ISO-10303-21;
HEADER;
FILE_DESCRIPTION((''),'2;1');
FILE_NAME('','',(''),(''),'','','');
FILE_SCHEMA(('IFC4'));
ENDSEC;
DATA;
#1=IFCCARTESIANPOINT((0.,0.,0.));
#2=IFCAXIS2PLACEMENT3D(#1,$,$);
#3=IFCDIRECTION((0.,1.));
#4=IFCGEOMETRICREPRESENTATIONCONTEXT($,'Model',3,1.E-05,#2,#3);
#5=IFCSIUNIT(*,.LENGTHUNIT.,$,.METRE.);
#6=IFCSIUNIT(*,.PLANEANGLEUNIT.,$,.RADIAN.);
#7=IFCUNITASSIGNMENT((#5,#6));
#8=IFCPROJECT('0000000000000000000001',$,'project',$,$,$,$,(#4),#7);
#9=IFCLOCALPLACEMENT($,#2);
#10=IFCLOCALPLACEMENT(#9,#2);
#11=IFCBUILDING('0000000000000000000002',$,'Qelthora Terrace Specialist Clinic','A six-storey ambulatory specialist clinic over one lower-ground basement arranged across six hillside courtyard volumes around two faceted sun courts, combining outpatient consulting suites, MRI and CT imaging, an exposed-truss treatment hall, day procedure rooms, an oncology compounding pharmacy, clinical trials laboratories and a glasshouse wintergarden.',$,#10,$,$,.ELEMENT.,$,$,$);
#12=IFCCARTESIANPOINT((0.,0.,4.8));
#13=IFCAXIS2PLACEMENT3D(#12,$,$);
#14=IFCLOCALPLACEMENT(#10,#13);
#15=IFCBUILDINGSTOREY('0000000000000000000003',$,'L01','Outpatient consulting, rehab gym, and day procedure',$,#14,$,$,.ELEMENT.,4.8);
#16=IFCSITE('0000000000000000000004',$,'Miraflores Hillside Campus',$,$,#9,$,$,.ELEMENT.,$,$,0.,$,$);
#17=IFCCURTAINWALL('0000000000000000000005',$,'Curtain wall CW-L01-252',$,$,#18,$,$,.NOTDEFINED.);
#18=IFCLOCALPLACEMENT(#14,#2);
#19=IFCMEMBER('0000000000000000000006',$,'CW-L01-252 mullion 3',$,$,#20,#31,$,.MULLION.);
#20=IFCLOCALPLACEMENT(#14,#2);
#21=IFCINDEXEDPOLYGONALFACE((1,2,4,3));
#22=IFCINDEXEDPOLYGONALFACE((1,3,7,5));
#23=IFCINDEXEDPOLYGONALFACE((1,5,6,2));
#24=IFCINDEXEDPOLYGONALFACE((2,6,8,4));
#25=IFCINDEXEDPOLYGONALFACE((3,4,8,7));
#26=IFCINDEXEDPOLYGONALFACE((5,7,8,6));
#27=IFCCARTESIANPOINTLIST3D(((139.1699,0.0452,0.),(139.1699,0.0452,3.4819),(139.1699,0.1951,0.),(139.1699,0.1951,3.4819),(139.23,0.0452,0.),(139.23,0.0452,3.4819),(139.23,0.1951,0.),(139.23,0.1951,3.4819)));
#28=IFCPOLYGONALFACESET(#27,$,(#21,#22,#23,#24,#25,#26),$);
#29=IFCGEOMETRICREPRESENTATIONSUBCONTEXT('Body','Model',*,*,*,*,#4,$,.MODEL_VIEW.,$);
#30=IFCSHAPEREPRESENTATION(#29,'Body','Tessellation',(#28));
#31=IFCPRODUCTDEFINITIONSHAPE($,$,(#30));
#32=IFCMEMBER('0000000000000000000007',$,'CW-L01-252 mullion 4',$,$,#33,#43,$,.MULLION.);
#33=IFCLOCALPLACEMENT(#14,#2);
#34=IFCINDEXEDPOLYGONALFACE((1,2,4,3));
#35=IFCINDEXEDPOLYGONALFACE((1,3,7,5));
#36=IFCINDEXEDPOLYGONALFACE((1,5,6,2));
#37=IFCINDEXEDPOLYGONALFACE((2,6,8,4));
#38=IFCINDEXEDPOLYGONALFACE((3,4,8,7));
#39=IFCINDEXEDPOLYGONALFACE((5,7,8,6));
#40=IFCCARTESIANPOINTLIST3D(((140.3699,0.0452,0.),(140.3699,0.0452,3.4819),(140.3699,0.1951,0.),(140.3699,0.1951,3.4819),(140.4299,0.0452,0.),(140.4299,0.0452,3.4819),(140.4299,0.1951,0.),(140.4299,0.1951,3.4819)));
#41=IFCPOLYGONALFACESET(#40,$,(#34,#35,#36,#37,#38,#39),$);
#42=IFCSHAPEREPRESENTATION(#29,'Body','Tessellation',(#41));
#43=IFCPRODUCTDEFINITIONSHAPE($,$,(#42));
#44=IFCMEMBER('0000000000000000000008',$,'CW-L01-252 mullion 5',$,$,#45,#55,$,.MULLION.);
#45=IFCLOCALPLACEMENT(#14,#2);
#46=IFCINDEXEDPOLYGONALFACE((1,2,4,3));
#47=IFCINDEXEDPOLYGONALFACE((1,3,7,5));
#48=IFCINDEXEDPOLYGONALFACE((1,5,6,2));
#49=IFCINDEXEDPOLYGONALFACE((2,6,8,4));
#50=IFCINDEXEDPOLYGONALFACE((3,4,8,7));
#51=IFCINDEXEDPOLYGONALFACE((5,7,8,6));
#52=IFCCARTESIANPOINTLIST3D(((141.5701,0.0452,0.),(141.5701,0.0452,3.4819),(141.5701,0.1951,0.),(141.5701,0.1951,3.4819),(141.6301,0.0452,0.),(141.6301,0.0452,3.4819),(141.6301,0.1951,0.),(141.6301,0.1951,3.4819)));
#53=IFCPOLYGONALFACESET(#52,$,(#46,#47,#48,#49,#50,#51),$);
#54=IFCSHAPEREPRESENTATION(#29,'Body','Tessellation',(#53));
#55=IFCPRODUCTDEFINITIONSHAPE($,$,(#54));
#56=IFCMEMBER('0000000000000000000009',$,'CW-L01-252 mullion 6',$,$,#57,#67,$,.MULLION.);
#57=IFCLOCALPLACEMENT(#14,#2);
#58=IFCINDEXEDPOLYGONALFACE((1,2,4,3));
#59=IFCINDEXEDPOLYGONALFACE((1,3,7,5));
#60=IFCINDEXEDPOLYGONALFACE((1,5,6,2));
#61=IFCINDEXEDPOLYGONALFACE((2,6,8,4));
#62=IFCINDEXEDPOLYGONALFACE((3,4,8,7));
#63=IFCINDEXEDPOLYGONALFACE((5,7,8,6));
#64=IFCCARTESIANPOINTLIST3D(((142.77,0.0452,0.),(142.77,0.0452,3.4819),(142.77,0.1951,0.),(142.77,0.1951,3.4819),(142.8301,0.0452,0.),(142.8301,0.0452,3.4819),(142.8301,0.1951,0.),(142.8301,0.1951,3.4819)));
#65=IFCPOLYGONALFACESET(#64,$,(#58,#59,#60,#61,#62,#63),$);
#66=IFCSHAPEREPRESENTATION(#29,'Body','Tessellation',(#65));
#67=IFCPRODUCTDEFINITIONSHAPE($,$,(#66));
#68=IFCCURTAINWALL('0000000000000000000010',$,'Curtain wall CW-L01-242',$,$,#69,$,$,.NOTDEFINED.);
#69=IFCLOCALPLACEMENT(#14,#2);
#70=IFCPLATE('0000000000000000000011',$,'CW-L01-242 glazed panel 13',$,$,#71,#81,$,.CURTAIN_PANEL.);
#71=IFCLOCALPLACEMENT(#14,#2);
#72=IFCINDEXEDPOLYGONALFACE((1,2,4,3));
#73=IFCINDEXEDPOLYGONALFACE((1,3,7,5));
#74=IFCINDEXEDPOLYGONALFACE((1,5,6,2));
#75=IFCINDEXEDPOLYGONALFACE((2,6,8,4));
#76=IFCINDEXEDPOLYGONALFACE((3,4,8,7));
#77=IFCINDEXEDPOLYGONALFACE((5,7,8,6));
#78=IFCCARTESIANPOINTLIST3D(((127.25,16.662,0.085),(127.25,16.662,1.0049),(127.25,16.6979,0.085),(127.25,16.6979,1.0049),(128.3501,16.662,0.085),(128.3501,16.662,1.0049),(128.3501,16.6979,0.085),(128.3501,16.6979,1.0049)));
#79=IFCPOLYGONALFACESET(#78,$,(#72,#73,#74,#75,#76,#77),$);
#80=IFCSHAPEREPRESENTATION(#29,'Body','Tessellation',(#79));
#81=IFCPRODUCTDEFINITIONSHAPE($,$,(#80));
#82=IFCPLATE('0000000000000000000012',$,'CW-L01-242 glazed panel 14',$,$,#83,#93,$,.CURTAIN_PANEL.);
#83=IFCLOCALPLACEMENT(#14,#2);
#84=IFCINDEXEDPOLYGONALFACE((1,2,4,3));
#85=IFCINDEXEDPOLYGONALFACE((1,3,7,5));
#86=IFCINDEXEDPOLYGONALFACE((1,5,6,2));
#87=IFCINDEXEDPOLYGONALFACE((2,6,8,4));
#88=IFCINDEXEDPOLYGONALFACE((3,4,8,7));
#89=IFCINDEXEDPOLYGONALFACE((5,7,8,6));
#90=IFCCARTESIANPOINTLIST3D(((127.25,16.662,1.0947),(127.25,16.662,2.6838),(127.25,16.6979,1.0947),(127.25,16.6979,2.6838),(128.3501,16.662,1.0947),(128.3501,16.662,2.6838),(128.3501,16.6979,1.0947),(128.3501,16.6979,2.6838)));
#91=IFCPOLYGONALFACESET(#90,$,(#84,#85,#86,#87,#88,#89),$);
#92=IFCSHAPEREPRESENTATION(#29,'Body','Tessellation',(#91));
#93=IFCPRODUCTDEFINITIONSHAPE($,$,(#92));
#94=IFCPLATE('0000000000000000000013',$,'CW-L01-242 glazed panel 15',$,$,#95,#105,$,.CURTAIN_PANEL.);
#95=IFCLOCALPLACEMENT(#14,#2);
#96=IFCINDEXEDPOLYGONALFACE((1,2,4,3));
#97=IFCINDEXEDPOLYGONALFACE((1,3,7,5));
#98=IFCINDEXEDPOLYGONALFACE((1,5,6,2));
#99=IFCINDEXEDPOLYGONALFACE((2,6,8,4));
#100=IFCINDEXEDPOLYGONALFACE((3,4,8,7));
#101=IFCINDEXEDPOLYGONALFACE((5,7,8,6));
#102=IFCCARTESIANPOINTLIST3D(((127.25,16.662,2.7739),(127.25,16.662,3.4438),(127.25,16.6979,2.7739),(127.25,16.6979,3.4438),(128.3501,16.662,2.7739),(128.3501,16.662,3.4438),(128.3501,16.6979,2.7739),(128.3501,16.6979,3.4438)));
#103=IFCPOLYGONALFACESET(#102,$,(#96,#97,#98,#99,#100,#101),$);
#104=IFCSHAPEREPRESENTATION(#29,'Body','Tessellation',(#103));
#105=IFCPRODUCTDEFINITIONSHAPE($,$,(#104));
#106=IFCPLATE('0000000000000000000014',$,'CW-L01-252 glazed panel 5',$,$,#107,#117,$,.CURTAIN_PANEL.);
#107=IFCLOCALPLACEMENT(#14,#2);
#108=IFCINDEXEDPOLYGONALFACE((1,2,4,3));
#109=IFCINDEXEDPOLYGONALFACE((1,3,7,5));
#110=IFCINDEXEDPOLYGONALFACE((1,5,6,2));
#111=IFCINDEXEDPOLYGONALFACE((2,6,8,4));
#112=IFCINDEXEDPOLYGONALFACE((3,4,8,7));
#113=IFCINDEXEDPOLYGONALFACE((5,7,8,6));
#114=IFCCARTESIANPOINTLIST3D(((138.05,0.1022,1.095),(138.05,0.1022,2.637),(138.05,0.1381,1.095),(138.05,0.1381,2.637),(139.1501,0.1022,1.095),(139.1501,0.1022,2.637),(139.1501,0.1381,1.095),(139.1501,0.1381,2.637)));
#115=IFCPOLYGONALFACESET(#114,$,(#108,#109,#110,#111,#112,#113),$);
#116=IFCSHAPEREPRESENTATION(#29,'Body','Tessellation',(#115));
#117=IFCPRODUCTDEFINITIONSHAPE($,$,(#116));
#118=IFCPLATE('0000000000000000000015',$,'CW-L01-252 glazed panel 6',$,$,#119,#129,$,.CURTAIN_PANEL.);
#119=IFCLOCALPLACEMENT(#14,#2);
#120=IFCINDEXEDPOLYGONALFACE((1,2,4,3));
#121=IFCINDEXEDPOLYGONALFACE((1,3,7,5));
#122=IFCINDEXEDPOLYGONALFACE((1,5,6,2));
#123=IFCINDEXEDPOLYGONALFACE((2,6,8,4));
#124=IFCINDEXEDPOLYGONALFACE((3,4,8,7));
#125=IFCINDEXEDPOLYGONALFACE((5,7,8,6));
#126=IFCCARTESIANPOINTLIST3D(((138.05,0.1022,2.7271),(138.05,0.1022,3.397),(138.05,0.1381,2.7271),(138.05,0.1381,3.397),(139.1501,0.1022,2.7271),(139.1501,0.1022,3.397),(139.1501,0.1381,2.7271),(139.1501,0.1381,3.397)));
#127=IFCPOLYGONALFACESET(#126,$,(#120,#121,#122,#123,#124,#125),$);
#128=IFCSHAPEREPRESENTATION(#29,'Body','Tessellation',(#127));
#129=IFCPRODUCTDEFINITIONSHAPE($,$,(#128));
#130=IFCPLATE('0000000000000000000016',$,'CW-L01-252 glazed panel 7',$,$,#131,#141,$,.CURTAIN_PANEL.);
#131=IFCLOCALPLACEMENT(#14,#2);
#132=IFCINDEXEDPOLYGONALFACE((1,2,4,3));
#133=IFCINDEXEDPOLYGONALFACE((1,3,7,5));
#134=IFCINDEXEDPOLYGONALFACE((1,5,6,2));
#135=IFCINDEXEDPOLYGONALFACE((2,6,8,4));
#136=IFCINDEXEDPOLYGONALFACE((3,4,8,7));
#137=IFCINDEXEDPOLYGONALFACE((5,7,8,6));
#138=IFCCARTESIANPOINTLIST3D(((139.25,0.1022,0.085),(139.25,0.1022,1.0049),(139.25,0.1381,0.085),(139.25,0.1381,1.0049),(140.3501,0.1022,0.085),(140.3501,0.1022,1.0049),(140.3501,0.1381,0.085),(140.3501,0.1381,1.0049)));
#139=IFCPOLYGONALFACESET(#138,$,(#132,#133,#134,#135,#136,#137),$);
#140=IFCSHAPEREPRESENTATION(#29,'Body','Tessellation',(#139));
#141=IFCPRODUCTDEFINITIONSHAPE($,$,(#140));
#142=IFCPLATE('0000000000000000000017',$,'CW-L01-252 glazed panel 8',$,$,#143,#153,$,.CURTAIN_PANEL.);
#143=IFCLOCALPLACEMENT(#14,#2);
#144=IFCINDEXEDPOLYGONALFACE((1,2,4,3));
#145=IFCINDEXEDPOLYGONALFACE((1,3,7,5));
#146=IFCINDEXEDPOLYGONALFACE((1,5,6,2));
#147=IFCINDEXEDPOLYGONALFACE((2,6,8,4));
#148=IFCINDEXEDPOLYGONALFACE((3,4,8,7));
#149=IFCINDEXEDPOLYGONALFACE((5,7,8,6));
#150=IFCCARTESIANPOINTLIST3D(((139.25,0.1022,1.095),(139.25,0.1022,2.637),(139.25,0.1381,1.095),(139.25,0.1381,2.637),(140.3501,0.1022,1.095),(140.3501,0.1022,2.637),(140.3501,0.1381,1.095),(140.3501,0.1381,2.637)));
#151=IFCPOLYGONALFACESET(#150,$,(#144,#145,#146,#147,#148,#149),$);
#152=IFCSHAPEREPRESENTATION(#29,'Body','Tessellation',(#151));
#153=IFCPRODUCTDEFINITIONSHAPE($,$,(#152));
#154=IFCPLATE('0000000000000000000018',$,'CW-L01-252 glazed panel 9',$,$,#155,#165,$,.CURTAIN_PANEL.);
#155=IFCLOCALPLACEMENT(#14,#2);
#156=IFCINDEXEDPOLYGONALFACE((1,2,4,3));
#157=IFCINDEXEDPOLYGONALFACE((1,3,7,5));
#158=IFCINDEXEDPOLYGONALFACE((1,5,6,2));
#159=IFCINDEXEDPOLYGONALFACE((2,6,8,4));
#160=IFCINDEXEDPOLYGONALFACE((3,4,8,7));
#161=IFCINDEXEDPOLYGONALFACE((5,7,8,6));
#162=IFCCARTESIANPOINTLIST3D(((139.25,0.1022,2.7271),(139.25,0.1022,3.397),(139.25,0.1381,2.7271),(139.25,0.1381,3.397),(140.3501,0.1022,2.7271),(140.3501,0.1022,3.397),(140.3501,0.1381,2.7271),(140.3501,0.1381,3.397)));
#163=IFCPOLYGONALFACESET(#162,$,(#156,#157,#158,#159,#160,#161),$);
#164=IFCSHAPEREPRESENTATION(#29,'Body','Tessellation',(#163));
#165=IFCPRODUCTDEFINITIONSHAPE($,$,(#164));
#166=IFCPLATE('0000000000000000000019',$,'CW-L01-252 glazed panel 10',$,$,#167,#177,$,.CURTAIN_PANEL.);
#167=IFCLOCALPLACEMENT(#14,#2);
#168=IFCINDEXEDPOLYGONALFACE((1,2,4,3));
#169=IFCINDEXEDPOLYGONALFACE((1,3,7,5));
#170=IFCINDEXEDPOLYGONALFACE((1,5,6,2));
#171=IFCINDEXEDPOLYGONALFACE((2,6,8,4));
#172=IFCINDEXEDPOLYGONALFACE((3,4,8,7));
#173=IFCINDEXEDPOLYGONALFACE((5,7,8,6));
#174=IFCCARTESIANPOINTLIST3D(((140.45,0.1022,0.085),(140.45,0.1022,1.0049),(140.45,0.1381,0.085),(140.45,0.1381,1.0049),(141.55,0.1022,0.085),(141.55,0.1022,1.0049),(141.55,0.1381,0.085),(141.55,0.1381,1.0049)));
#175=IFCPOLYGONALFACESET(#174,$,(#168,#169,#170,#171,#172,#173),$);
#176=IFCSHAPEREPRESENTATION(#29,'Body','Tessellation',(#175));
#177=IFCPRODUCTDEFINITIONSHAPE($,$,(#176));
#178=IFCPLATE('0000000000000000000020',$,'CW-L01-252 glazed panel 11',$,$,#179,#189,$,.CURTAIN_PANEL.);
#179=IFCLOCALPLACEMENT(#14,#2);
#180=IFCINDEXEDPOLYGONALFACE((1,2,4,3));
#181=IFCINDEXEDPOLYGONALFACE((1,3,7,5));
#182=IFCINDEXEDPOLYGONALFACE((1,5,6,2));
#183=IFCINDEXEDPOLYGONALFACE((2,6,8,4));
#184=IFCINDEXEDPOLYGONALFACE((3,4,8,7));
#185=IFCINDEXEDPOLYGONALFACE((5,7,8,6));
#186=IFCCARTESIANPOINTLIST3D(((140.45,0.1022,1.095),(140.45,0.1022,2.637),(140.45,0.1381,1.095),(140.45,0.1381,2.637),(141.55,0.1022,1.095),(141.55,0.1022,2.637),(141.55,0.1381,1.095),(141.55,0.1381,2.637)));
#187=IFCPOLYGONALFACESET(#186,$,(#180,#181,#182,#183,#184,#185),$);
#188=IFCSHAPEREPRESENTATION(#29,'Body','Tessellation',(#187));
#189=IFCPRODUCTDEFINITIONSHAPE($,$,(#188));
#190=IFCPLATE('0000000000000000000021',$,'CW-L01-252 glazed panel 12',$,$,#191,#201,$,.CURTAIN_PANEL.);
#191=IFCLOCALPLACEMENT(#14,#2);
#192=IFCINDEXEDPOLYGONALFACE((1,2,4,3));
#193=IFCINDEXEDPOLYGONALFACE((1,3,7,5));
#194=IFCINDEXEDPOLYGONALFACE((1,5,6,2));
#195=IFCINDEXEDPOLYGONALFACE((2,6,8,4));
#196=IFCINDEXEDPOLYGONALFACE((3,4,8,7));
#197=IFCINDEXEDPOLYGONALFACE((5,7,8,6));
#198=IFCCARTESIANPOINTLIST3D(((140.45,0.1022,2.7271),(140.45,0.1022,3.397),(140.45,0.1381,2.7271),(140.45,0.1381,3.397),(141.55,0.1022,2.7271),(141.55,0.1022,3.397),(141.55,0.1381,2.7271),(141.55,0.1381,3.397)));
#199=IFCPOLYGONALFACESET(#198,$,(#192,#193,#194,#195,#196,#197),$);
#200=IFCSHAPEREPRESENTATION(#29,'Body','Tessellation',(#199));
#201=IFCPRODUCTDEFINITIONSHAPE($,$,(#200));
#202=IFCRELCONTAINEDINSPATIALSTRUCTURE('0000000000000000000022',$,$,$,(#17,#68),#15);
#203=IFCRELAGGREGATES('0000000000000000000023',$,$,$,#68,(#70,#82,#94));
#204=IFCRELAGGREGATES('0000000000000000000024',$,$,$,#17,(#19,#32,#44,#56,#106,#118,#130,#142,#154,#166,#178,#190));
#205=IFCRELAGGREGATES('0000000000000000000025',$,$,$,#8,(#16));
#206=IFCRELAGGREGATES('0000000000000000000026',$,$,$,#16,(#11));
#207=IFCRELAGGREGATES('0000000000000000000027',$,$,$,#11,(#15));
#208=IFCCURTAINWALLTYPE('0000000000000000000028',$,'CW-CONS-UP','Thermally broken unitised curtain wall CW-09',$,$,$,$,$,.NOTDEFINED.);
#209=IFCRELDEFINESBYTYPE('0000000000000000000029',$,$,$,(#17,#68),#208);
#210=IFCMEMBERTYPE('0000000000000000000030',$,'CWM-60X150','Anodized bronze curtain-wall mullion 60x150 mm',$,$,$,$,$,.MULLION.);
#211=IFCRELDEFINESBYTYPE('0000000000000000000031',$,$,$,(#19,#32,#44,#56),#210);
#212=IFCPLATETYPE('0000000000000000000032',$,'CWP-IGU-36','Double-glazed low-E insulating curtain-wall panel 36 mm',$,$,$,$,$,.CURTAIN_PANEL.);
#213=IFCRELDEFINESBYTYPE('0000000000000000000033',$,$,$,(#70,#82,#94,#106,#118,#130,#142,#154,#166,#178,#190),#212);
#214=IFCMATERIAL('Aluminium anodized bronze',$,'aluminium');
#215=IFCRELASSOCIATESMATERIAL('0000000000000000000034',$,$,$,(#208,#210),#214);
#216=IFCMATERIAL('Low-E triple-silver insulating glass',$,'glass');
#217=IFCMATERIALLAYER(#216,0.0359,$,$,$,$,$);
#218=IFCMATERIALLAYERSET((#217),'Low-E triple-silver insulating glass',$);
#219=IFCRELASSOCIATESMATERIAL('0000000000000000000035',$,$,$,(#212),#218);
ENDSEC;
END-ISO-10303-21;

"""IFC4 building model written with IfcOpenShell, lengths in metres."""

from ifc_helpers import new_model, si_unit, direction, frame, origin, origin_2d, place, context, subcontext, project, spatial, rectangle, extrude, material, layer, layer_set, material_profile, profile_set, type_object, element, aggregate, save


model = new_model("IFC4")

# Units and contexts
model_context = context("Model", 3, precision=1e-05, world=origin(), true_north=direction((0.0, 1.0)))
body_context = subcontext(model_context, "Body", "Model", "MODEL_VIEW")
ifc_project = project(units=[si_unit("LENGTHUNIT", "METRE"), si_unit("PLANEANGLEUNIT", "RADIAN")], contexts=[model_context])

# Site, building, storey
site_placement = place(None, origin())
site = spatial("IfcSite", under=ifc_project, at=site_placement, Name="Miraflores Hillside Campus", CompositionType="ELEMENT", RefElevation=0.0)
building_placement = place(site_placement, origin())
building = spatial("IfcBuilding", under=site, at=building_placement, Name="Qelthora Terrace Specialist Clinic", Description="A six-storey ambulatory specialist clinic over one lower-ground basement arranged across six hillside courtyard volumes around two faceted sun courts, combining outpatient consulting suites, MRI and CT imaging, an exposed-truss treatment hall, day procedure rooms, an oncology compounding pharmacy, clinical trials laboratories and a glasshouse wintergarden.", CompositionType="ELEMENT")
storey_placement = place(building_placement, frame((0.0, 0.0, 4.8)))
storey = spatial("IfcBuildingStorey", under=building, at=storey_placement, Name="L01", Description="Outpatient consulting, rehab gym, and day procedure", CompositionType="ELEMENT", Elevation=4.8)

# Curtain wall, members
ifc_material_1 = material(Name="Aluminium anodized bronze", Category="aluminium")
curtain_wall_type = type_object("IfcCurtainWallType", Name="CW-CONS-UP", Description="Thermally broken unitised curtain wall CW-09", PredefinedType="NOTDEFINED", material=ifc_material_1)
curtain_wall_1_placement = place(storey_placement, origin())
curtain_wall_1 = element("IfcCurtainWall", 1, at=curtain_wall_1_placement, inside=storey, type_object=curtain_wall_type, Name="Curtain wall CW-L01-252", PredefinedType="NOTDEFINED")
ifc_material_profile = material_profile(ifc_material_1, rectangle(XDim=0.0601, YDim=0.1499, at=origin_2d()), Name="CWM60X150")
ifc_profile_set = profile_set([ifc_material_profile], Name="Aluminium anodized bronze")
member_type = type_object("IfcMemberType", Name="CWM-60X150", Description="Anodized bronze curtain-wall mullion 60x150 mm", PredefinedType="MULLION", material=ifc_profile_set)
member_1_placement = place(storey_placement, frame((139.2, 0.1201, 0.0), z_axis=(0.0, 0.0, 1.0), x_axis=(1.0, 0.0, 0.0)))
member_1 = element("IfcMember", 2, at=member_1_placement, type_object=member_type, Name="CW-L01-252 mullion 3", PredefinedType="MULLION", context=body_context, shape_type="SweptSolid", body=[
    extrude(rectangle(XDim=0.0601, YDim=0.1499, at=origin_2d()), origin(), (0.0, 0.0, 1.0), 3.4819),
])
member_2_placement = place(storey_placement, frame((140.3999, 0.1201, 0.0), z_axis=(0.0, 0.0, 1.0), x_axis=(1.0, 0.0, 0.0)))
member_2 = element("IfcMember", 3, at=member_2_placement, type_object=member_type, Name="CW-L01-252 mullion 4", PredefinedType="MULLION", context=body_context, shape_type="SweptSolid", body=[
    extrude(rectangle(XDim=0.0601, YDim=0.1499, at=origin_2d()), origin(), (0.0, 0.0, 1.0), 3.4819),
])
member_3_placement = place(storey_placement, frame((141.6001, 0.1201, 0.0), z_axis=(0.0, 0.0, 1.0), x_axis=(1.0, 0.0, 0.0)))
member_3 = element("IfcMember", 4, at=member_3_placement, type_object=member_type, Name="CW-L01-252 mullion 5", PredefinedType="MULLION", context=body_context, shape_type="SweptSolid", body=[
    extrude(rectangle(XDim=0.0601, YDim=0.1499, at=origin_2d()), origin(), (0.0, 0.0, 1.0), 3.4819),
])
member_4_placement = place(storey_placement, frame((142.8, 0.1201, 0.0), z_axis=(0.0, 0.0, 1.0), x_axis=(1.0, 0.0, 0.0)))
member_4 = element("IfcMember", 5, at=member_4_placement, type_object=member_type, Name="CW-L01-252 mullion 6", PredefinedType="MULLION", context=body_context, shape_type="SweptSolid", body=[
    extrude(rectangle(XDim=0.0601, YDim=0.1499, at=origin_2d()), origin(), (0.0, 0.0, 1.0), 3.4819),
])

# Curtain wall, plates
curtain_wall_2_placement = place(storey_placement, origin())
curtain_wall_2 = element("IfcCurtainWall", 6, at=curtain_wall_2_placement, inside=storey, type_object=curtain_wall_type, Name="Curtain wall CW-L01-242", PredefinedType="NOTDEFINED")
ifc_material_2 = material(Name="Low-E triple-silver insulating glass", Category="glass")
ifc_layer_1 = layer(ifc_material_2, 0.0359)
ifc_layer_set_1 = layer_set([ifc_layer_1], Name="Low-E triple-silver insulating glass")
plate_type = type_object("IfcPlateType", Name="CWP-IGU-36", Description="Double-glazed low-E insulating curtain-wall panel 36 mm", PredefinedType="CURTAIN_PANEL", material=ifc_layer_set_1)
plate_1_placement = place(storey_placement, frame((127.8, 16.6799, 0.085), z_axis=(0.0, 0.0, 1.0), x_axis=(1.0, 0.0, 0.0)))
plate_1 = element("IfcPlate", 7, at=plate_1_placement, type_object=plate_type, Name="CW-L01-242 glazed panel 13", PredefinedType="CURTAIN_PANEL", context=body_context, shape_type="SweptSolid", body=[
    extrude(rectangle(XDim=1.1001, YDim=0.0359, at=origin_2d()), origin(), (0.0, 0.0, 1.0), 0.9199),
])
plate_2_placement = place(storey_placement, frame((127.8, 16.6799, 1.0947), z_axis=(0.0, 0.0, 1.0), x_axis=(1.0, 0.0, 0.0)))
plate_2 = element("IfcPlate", 8, at=plate_2_placement, type_object=plate_type, Name="CW-L01-242 glazed panel 14", PredefinedType="CURTAIN_PANEL", context=body_context, shape_type="SweptSolid", body=[
    extrude(rectangle(XDim=1.1001, YDim=0.0359, at=origin_2d()), origin(), (0.0, 0.0, 1.0), 1.5891),
])
plate_3_placement = place(storey_placement, frame((127.8, 16.6799, 2.7739), z_axis=(0.0, 0.0, 1.0), x_axis=(1.0, 0.0, 0.0)))
plate_3 = element("IfcPlate", 9, at=plate_3_placement, type_object=plate_type, Name="CW-L01-242 glazed panel 15", PredefinedType="CURTAIN_PANEL", context=body_context, shape_type="SweptSolid", body=[
    extrude(rectangle(XDim=1.1001, YDim=0.0359, at=origin_2d()), origin(), (0.0, 0.0, 1.0), 0.6699),
])
aggregate(curtain_wall_2, [plate_1, plate_2, plate_3])

# Plates
plate_4_placement = place(storey_placement, frame((138.6001, 0.1201, 1.095), z_axis=(0.0, 0.0, 1.0), x_axis=(1.0, 0.0, 0.0)))
plate_4 = element("IfcPlate", 10, at=plate_4_placement, type_object=plate_type, Name="CW-L01-252 glazed panel 5", PredefinedType="CURTAIN_PANEL", context=body_context, shape_type="SweptSolid", body=[
    extrude(rectangle(XDim=1.1001, YDim=0.0359, at=origin_2d()), origin(), (0.0, 0.0, 1.0), 1.542),
])
plate_5_placement = place(storey_placement, frame((138.6001, 0.1201, 2.7271), z_axis=(0.0, 0.0, 1.0), x_axis=(1.0, 0.0, 0.0)))
plate_5 = element("IfcPlate", 11, at=plate_5_placement, type_object=plate_type, Name="CW-L01-252 glazed panel 6", PredefinedType="CURTAIN_PANEL", context=body_context, shape_type="SweptSolid", body=[
    extrude(rectangle(XDim=1.1001, YDim=0.0359, at=origin_2d()), origin(), (0.0, 0.0, 1.0), 0.6699),
])
plate_6_placement = place(storey_placement, frame((139.8, 0.1201, 0.085), z_axis=(0.0, 0.0, 1.0), x_axis=(1.0, 0.0, 0.0)))
plate_6 = element("IfcPlate", 12, at=plate_6_placement, type_object=plate_type, Name="CW-L01-252 glazed panel 7", PredefinedType="CURTAIN_PANEL", context=body_context, shape_type="SweptSolid", body=[
    extrude(rectangle(XDim=1.1001, YDim=0.0359, at=origin_2d()), origin(), (0.0, 0.0, 1.0), 0.9199),
])
plate_7_placement = place(storey_placement, frame((139.8, 0.1201, 1.095), z_axis=(0.0, 0.0, 1.0), x_axis=(1.0, 0.0, 0.0)))
plate_7 = element("IfcPlate", 13, at=plate_7_placement, type_object=plate_type, Name="CW-L01-252 glazed panel 8", PredefinedType="CURTAIN_PANEL", context=body_context, shape_type="SweptSolid", body=[
    extrude(rectangle(XDim=1.1001, YDim=0.0359, at=origin_2d()), origin(), (0.0, 0.0, 1.0), 1.542),
])
plate_8_placement = place(storey_placement, frame((139.8, 0.1201, 2.7271), z_axis=(0.0, 0.0, 1.0), x_axis=(1.0, 0.0, 0.0)))
plate_8 = element("IfcPlate", 14, at=plate_8_placement, type_object=plate_type, Name="CW-L01-252 glazed panel 9", PredefinedType="CURTAIN_PANEL", context=body_context, shape_type="SweptSolid", body=[
    extrude(rectangle(XDim=1.1001, YDim=0.0359, at=origin_2d()), origin(), (0.0, 0.0, 1.0), 0.6699),
])
plate_9_placement = place(storey_placement, frame((141.0, 0.1201, 0.085), z_axis=(0.0, 0.0, 1.0), x_axis=(1.0, 0.0, 0.0)))
plate_9 = element("IfcPlate", 15, at=plate_9_placement, type_object=plate_type, Name="CW-L01-252 glazed panel 10", PredefinedType="CURTAIN_PANEL", context=body_context, shape_type="SweptSolid", body=[
    extrude(rectangle(XDim=1.1001, YDim=0.0359, at=origin_2d()), origin(), (0.0, 0.0, 1.0), 0.9199),
])
plate_10_placement = place(storey_placement, frame((141.0, 0.1201, 1.095), z_axis=(0.0, 0.0, 1.0), x_axis=(1.0, 0.0, 0.0)))
plate_10 = element("IfcPlate", 16, at=plate_10_placement, type_object=plate_type, Name="CW-L01-252 glazed panel 11", PredefinedType="CURTAIN_PANEL", context=body_context, shape_type="SweptSolid", body=[
    extrude(rectangle(XDim=1.1001, YDim=0.0359, at=origin_2d()), origin(), (0.0, 0.0, 1.0), 1.542),
])
plate_11_placement = place(storey_placement, frame((141.0, 0.1201, 2.7271), z_axis=(0.0, 0.0, 1.0), x_axis=(1.0, 0.0, 0.0)))
plate_11 = element("IfcPlate", 17, at=plate_11_placement, type_object=plate_type, Name="CW-L01-252 glazed panel 12", PredefinedType="CURTAIN_PANEL", context=body_context, shape_type="SweptSolid", body=[
    extrude(rectangle(XDim=1.1001, YDim=0.0359, at=origin_2d()), origin(), (0.0, 0.0, 1.0), 0.6699),
])
aggregate(curtain_wall_1, [member_1, member_2, member_3, member_4, plate_4, plate_5, plate_6, plate_7, plate_8, plate_9, plate_10, plate_11])

save(model, "model.ifc")
